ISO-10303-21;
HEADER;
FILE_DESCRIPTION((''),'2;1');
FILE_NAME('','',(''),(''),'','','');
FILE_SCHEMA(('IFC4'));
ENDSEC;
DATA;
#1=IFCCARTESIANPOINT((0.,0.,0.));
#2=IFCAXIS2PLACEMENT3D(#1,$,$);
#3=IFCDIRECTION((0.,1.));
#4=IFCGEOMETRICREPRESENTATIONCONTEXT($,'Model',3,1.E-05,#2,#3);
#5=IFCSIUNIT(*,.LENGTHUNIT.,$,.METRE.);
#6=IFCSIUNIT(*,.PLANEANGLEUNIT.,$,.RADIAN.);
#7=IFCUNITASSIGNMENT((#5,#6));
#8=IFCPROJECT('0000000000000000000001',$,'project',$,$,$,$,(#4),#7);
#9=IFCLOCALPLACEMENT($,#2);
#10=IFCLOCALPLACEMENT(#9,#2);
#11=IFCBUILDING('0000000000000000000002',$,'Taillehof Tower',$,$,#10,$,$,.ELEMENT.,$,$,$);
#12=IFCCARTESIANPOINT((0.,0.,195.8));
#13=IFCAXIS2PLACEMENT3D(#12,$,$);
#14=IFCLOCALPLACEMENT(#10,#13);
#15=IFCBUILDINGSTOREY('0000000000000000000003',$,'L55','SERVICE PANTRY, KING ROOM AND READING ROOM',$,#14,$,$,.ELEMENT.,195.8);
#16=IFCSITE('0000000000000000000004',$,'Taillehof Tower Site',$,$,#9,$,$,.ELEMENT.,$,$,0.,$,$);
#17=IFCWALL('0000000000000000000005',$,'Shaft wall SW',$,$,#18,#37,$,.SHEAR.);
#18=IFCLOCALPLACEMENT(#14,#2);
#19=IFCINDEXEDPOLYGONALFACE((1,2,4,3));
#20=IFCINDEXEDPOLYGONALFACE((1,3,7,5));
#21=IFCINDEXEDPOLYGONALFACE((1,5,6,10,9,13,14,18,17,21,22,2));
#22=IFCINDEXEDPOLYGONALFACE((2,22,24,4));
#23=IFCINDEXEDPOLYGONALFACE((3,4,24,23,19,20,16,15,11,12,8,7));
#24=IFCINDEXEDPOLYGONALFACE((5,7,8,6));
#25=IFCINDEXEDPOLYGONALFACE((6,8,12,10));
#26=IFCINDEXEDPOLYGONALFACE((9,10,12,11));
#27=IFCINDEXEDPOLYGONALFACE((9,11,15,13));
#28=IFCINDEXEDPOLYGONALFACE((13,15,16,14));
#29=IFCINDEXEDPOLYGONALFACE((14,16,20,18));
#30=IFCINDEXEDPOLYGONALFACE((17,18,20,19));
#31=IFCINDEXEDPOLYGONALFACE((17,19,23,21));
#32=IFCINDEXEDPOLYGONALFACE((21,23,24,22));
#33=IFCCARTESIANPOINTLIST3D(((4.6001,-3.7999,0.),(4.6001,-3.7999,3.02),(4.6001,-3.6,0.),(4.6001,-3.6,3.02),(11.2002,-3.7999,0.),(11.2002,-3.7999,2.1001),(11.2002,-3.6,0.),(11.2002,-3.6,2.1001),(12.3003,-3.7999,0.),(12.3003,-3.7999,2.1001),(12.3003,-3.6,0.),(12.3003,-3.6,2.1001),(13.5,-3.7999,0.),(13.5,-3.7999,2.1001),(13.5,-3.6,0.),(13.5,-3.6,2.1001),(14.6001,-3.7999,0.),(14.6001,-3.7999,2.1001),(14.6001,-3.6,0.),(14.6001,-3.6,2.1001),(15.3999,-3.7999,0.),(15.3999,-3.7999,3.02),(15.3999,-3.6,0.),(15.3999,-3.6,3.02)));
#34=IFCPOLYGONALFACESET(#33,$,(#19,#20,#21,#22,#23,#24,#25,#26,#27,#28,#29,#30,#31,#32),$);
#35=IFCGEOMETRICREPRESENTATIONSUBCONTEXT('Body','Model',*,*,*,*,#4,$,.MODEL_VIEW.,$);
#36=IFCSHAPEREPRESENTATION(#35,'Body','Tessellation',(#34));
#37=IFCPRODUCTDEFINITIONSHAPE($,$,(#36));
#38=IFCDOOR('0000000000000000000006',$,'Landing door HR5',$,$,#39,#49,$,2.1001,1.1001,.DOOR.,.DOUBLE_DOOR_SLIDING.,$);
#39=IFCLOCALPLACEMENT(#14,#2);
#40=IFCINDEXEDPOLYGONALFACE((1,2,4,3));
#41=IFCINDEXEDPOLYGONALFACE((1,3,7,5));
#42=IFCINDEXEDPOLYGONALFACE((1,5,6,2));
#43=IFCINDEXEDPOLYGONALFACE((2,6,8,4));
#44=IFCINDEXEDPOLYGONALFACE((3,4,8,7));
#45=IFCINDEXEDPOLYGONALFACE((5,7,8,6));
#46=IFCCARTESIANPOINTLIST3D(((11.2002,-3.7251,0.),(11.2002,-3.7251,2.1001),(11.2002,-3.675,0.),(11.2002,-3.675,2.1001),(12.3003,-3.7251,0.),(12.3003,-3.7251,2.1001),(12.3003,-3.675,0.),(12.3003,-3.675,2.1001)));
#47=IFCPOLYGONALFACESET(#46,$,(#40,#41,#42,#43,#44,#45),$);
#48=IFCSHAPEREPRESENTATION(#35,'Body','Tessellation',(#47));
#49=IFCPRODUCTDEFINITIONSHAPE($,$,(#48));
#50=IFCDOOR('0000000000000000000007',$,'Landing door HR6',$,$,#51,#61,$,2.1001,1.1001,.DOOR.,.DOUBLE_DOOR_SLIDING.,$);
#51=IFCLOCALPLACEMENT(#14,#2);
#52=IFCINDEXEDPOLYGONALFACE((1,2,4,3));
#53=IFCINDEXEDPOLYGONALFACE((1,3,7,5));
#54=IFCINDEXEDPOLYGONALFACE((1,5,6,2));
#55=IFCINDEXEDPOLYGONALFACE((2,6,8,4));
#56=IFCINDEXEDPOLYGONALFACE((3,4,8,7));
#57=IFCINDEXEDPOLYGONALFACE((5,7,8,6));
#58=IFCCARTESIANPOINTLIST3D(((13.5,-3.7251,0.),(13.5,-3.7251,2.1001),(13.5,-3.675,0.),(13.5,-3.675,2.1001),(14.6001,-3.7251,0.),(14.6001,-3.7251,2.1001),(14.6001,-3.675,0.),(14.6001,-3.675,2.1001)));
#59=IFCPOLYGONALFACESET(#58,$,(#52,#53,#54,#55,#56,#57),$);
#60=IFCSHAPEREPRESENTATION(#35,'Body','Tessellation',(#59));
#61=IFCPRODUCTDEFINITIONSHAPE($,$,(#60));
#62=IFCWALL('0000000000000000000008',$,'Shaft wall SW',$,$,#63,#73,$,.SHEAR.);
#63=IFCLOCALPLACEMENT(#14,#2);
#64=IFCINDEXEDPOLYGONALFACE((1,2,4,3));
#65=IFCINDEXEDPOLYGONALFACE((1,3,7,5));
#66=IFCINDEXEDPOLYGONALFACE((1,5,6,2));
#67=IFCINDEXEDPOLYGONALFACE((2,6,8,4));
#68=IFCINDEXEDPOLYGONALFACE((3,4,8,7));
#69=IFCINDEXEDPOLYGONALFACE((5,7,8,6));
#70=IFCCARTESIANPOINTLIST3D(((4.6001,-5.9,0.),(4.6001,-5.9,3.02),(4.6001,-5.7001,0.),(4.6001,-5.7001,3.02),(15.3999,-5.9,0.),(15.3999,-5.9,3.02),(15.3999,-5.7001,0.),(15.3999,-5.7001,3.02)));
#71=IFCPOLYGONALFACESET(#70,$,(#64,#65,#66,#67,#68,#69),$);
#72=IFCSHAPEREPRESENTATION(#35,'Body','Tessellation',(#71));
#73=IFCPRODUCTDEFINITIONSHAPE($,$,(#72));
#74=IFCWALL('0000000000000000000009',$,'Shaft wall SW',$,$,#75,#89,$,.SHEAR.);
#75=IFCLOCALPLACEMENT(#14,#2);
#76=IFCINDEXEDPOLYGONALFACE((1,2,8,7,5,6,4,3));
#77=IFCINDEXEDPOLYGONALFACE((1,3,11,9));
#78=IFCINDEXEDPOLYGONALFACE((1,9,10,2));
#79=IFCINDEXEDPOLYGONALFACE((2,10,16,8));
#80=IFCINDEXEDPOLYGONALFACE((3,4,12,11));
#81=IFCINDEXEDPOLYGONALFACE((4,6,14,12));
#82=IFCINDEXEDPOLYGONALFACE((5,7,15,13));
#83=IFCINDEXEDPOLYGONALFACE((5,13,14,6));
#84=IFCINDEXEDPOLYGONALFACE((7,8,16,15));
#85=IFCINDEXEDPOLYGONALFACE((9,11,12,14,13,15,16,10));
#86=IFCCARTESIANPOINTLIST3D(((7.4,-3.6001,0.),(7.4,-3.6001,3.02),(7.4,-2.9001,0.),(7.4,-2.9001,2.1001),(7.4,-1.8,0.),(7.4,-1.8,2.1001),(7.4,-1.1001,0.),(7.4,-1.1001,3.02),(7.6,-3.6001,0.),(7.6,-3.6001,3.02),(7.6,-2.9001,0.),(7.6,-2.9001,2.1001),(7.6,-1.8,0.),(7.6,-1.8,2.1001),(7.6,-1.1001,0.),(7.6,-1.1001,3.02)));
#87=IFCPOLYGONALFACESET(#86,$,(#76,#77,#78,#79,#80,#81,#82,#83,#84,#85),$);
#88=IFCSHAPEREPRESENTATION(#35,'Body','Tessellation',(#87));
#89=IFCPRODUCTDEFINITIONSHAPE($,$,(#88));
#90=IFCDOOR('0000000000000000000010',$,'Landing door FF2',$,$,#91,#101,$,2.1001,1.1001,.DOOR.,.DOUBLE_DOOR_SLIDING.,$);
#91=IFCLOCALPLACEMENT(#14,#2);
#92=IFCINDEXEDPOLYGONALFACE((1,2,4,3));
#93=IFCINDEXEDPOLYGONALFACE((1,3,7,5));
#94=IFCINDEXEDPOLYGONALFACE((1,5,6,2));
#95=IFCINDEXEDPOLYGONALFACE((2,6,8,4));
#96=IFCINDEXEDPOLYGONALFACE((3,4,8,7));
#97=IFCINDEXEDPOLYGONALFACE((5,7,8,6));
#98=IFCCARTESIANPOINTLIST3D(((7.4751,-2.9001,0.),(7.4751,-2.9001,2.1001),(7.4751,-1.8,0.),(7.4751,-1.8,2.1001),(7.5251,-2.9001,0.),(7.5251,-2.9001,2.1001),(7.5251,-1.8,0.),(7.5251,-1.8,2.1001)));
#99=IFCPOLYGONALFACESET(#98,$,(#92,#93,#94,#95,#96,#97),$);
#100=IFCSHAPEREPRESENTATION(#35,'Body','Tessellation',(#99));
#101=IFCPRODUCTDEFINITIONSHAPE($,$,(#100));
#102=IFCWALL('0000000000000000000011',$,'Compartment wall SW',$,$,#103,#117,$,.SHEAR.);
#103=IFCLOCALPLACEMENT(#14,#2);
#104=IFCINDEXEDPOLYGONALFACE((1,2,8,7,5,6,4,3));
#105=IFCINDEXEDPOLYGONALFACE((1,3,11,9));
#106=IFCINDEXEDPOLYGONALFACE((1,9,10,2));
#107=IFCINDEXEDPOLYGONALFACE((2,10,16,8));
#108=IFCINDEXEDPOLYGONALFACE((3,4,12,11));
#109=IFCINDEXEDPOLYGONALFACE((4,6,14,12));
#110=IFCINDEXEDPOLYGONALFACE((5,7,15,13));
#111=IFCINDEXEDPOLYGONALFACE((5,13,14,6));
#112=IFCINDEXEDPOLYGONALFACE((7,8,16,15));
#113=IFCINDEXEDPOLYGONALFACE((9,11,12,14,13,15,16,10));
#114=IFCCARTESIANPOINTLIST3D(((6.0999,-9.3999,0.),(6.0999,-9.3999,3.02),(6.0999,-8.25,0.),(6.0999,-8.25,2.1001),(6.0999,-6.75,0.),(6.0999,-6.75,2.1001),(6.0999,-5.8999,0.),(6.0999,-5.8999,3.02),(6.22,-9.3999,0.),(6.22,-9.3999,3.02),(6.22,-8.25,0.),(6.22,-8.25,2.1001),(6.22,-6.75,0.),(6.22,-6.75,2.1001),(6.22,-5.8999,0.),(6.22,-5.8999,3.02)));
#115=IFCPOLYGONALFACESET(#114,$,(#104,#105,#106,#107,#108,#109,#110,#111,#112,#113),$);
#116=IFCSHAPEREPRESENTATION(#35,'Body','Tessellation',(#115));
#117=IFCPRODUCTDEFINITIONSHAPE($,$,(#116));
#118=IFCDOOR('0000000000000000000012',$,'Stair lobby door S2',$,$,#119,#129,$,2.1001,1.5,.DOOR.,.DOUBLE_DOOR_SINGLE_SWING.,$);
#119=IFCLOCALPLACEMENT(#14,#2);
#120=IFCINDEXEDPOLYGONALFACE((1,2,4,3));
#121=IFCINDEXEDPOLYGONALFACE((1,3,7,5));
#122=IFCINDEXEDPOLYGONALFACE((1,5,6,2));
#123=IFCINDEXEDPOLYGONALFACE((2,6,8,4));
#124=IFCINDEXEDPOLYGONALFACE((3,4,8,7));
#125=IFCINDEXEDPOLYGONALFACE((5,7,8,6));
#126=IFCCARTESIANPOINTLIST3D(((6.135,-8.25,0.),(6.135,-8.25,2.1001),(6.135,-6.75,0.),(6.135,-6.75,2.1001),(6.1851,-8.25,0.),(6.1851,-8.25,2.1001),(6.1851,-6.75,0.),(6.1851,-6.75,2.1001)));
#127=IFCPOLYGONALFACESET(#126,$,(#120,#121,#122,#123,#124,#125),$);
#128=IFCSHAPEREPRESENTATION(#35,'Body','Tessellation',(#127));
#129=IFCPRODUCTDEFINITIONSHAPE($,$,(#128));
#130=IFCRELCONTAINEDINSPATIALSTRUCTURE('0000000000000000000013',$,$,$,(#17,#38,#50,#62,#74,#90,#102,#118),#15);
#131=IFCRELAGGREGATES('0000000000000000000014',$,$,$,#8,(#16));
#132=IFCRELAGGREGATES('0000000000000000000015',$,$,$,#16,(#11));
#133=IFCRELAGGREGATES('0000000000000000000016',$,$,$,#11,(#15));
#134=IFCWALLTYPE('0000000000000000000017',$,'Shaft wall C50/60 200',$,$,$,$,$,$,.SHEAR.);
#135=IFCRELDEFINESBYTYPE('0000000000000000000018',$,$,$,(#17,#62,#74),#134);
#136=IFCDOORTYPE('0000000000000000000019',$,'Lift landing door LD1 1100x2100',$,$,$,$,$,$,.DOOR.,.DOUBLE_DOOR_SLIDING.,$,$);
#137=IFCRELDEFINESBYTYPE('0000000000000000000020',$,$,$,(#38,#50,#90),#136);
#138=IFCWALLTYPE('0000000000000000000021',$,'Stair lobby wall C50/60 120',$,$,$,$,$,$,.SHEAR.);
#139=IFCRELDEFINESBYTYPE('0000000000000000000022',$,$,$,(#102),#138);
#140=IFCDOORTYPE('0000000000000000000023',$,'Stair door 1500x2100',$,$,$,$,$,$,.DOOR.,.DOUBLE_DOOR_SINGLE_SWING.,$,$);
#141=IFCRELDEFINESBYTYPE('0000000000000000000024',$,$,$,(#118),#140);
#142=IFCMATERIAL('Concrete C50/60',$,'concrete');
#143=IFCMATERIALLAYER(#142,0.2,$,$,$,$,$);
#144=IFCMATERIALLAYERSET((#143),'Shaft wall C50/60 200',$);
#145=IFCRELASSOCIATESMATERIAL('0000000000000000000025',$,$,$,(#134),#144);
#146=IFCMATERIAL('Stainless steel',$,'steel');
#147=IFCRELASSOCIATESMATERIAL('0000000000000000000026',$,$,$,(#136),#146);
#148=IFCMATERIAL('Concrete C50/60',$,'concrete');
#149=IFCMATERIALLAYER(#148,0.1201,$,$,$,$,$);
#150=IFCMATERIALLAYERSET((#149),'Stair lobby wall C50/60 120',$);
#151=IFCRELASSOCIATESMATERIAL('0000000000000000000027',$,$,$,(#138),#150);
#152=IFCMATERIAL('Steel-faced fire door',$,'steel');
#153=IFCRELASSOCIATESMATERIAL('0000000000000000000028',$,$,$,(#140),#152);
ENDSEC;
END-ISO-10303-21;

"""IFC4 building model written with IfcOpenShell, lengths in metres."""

from ifc_helpers import new_model, si_unit, direction, frame, frame_2d, origin, place, context, subcontext, project, spatial, rectangle, extrude, material, layer, layer_set, type_object, element, fill, save


model = new_model("IFC4")

# Units and contexts
model_context = context("Model", 3, precision=1e-05, world=origin(), true_north=direction((0.0, 1.0)))
body_context = subcontext(model_context, "Body", "Model", "MODEL_VIEW")
ifc_project = project(units=[si_unit("LENGTHUNIT", "METRE"), si_unit("PLANEANGLEUNIT", "RADIAN")], contexts=[model_context])

# Site, building, storey
site_placement = place(None, origin())
site = spatial("IfcSite", under=ifc_project, at=site_placement, Name="Taillehof Tower Site", CompositionType="ELEMENT", RefElevation=0.0)
building_placement = place(site_placement, origin())
building = spatial("IfcBuilding", under=site, at=building_placement, Name="Taillehof Tower", CompositionType="ELEMENT")
storey_placement = place(building_placement, frame((0.0, 0.0, 195.8)))
storey = spatial("IfcBuildingStorey", under=building, at=storey_placement, Name="L55", Description="SERVICE PANTRY, KING ROOM AND READING ROOM", CompositionType="ELEMENT", Elevation=195.8)

# Shared definitions
ifc_material_1 = material(Name="Concrete C50/60", Category="concrete")
ifc_layer_1 = layer(ifc_material_1, 0.2)
ifc_layer_set_1 = layer_set([ifc_layer_1], Name="Shaft wall C50/60 200")
wall_type_1 = type_object("IfcWallType", Name="Shaft wall C50/60 200", PredefinedType="SHEAR", material=ifc_layer_set_1)

# Wall, openings, doors
wall_1_placement = place(storey_placement, frame((4.6001, -3.7, 0.0), z_axis=(0.0, 0.0, 1.0), x_axis=(1.0, 0.0, 0.0)))
wall_1 = element("IfcWall", 1, at=wall_1_placement, inside=storey, type_object=wall_type_1, Name="Shaft wall SW", PredefinedType="SHEAR", context=body_context, shape_type="SweptSolid", body=[
    extrude(rectangle(XDim=10.7998, YDim=0.2, at=frame_2d((5.3999, 0.0))), origin(), (0.0, 0.0, 1.0), 3.02),
])
opening_1_placement = place(wall_1_placement, frame((6.6001, 0.0, 0.0)))
opening_1 = element("IfcOpeningElement", 2, at=opening_1_placement, cuts=wall_1, PredefinedType="OPENING", context=body_context, shape_type="SweptSolid", body=[
    extrude(rectangle(XDim=1.1001, YDim=2.1001, at=frame_2d((0.55, 1.05))), frame((0.0, 0.1099, 0.0), z_axis=(0.0, -1.0, 0.0), x_axis=(1.0, 0.0, 0.0)), (0.0, 0.0, 1.0), 0.22),
])
opening_2_placement = place(wall_1_placement, frame((8.8999, 0.0, 0.0)))
opening_2 = element("IfcOpeningElement", 3, at=opening_2_placement, cuts=wall_1, PredefinedType="OPENING", context=body_context, shape_type="SweptSolid", body=[
    extrude(rectangle(XDim=1.1001, YDim=2.1001, at=frame_2d((0.55, 1.05))), frame((0.0, 0.1099, 0.0), z_axis=(0.0, -1.0, 0.0), x_axis=(1.0, 0.0, 0.0)), (0.0, 0.0, 1.0), 0.22),
])
ifc_material_2 = material(Name="Stainless steel", Category="steel")
door_type_1 = type_object("IfcDoorType", Name="Lift landing door LD1 1100x2100", OperationType="DOUBLE_DOOR_SLIDING", PredefinedType="DOOR", material=ifc_material_2)
door_1_placement = place(opening_1_placement, origin())
door_1 = element("IfcDoor", 4, at=door_1_placement, inside=storey, type_object=door_type_1, Name="Landing door HR5", OperationType="DOUBLE_DOOR_SLIDING", OverallHeight=2.1001, OverallWidth=1.1001, PredefinedType="DOOR", context=body_context, shape_type="SweptSolid", body=[
    extrude(rectangle(XDim=1.1001, YDim=2.1001, at=frame_2d((0.55, 1.05))), frame((0.0, 0.0249, 0.0), z_axis=(0.0, -1.0, 0.0), x_axis=(1.0, 0.0, 0.0)), (0.0, 0.0, 1.0), 0.05),
])
fill(opening_1, door_1)
door_2_placement = place(opening_2_placement, origin())
door_2 = element("IfcDoor", 5, at=door_2_placement, inside=storey, type_object=door_type_1, Name="Landing door HR6", OperationType="DOUBLE_DOOR_SLIDING", OverallHeight=2.1001, OverallWidth=1.1001, PredefinedType="DOOR", context=body_context, shape_type="SweptSolid", body=[
    extrude(rectangle(XDim=1.1001, YDim=2.1001, at=frame_2d((0.55, 1.05))), frame((0.0, 0.0249, 0.0), z_axis=(0.0, -1.0, 0.0), x_axis=(1.0, 0.0, 0.0)), (0.0, 0.0, 1.0), 0.05),
])
fill(opening_2, door_2)

# Wall
wall_2_placement = place(storey_placement, frame((4.6001, -5.8, 0.0), z_axis=(0.0, 0.0, 1.0), x_axis=(1.0, 0.0, 0.0)))
element("IfcWall", 6, at=wall_2_placement, inside=storey, type_object=wall_type_1, Name="Shaft wall SW", PredefinedType="SHEAR", context=body_context, shape_type="SweptSolid", body=[
    extrude(rectangle(XDim=10.7998, YDim=0.2, at=frame_2d((5.3999, 0.0))), origin(), (0.0, 0.0, 1.0), 3.02),
])

# Walls, openings, doors
wall_3_placement = place(storey_placement, frame((7.5, -3.6001, 0.0), z_axis=(0.0, 0.0, 1.0), x_axis=(0.0, 1.0, 0.0)))
wall_3 = element("IfcWall", 7, at=wall_3_placement, inside=storey, type_object=wall_type_1, Name="Shaft wall SW", PredefinedType="SHEAR", context=body_context, shape_type="SweptSolid", body=[
    extrude(rectangle(XDim=2.5, YDim=0.2, at=frame_2d((1.25, 0.0))), origin(), (0.0, 0.0, 1.0), 3.02),
])
opening_3_placement = place(wall_3_placement, frame((0.7, 0.0, 0.0)))
opening_3 = element("IfcOpeningElement", 8, at=opening_3_placement, cuts=wall_3, PredefinedType="OPENING", context=body_context, shape_type="SweptSolid", body=[
    extrude(rectangle(XDim=1.1001, YDim=2.1001, at=frame_2d((0.55, 1.05))), frame((0.0, 0.1099, 0.0), z_axis=(0.0, -1.0, 0.0), x_axis=(1.0, 0.0, 0.0)), (0.0, 0.0, 1.0), 0.22),
])
door_3_placement = place(opening_3_placement, origin())
door_3 = element("IfcDoor", 9, at=door_3_placement, inside=storey, type_object=door_type_1, Name="Landing door FF2", OperationType="DOUBLE_DOOR_SLIDING", OverallHeight=2.1001, OverallWidth=1.1001, PredefinedType="DOOR", context=body_context, shape_type="SweptSolid", body=[
    extrude(rectangle(XDim=1.1001, YDim=2.1001, at=frame_2d((0.55, 1.05))), frame((0.0, 0.0249, 0.0), z_axis=(0.0, -1.0, 0.0), x_axis=(1.0, 0.0, 0.0)), (0.0, 0.0, 1.0), 0.05),
])
fill(opening_3, door_3)
ifc_material_3 = material(Name="Concrete C50/60", Category="concrete")
ifc_layer_2 = layer(ifc_material_3, 0.1201)
ifc_layer_set_2 = layer_set([ifc_layer_2], Name="Stair lobby wall C50/60 120")
wall_type_2 = type_object("IfcWallType", Name="Stair lobby wall C50/60 120", PredefinedType="SHEAR", material=ifc_layer_set_2)
wall_4_placement = place(storey_placement, frame((6.1599, -9.3999, 0.0), z_axis=(0.0, 0.0, 1.0), x_axis=(0.0, 1.0, 0.0)))
wall_4 = element("IfcWall", 10, at=wall_4_placement, inside=storey, type_object=wall_type_2, Name="Compartment wall SW", PredefinedType="SHEAR", context=body_context, shape_type="SweptSolid", body=[
    extrude(rectangle(XDim=3.5, YDim=0.1201, at=frame_2d((1.75, 0.0))), origin(), (0.0, 0.0, 1.0), 3.02),
])
opening_4_placement = place(wall_4_placement, frame((1.1499, 0.0, 0.0)))
opening_4 = element("IfcOpeningElement", 11, at=opening_4_placement, cuts=wall_4, PredefinedType="OPENING", context=body_context, shape_type="SweptSolid", body=[
    extrude(rectangle(XDim=1.5, YDim=2.1001, at=frame_2d((0.75, 1.05))), frame((0.0, 0.0701, 0.0), z_axis=(0.0, -1.0, 0.0), x_axis=(1.0, 0.0, 0.0)), (0.0, 0.0, 1.0), 0.1401),
])
ifc_material_4 = material(Name="Steel-faced fire door", Category="steel")
door_type_2 = type_object("IfcDoorType", Name="Stair door 1500x2100", OperationType="DOUBLE_DOOR_SINGLE_SWING", PredefinedType="DOOR", material=ifc_material_4)
door_4_placement = place(opening_4_placement, origin())
door_4 = element("IfcDoor", 12, at=door_4_placement, inside=storey, type_object=door_type_2, Name="Stair lobby door S2", OperationType="DOUBLE_DOOR_SINGLE_SWING", OverallHeight=2.1001, OverallWidth=1.5, PredefinedType="DOOR", context=body_context, shape_type="SweptSolid", body=[
    extrude(rectangle(XDim=1.5, YDim=2.1001, at=frame_2d((0.75, 1.05))), frame((0.0, 0.0249, 0.0), z_axis=(0.0, -1.0, 0.0), x_axis=(1.0, 0.0, 0.0)), (0.0, 0.0, 1.0), 0.05),
])
fill(opening_4, door_4)

save(model, "model.ifc")
